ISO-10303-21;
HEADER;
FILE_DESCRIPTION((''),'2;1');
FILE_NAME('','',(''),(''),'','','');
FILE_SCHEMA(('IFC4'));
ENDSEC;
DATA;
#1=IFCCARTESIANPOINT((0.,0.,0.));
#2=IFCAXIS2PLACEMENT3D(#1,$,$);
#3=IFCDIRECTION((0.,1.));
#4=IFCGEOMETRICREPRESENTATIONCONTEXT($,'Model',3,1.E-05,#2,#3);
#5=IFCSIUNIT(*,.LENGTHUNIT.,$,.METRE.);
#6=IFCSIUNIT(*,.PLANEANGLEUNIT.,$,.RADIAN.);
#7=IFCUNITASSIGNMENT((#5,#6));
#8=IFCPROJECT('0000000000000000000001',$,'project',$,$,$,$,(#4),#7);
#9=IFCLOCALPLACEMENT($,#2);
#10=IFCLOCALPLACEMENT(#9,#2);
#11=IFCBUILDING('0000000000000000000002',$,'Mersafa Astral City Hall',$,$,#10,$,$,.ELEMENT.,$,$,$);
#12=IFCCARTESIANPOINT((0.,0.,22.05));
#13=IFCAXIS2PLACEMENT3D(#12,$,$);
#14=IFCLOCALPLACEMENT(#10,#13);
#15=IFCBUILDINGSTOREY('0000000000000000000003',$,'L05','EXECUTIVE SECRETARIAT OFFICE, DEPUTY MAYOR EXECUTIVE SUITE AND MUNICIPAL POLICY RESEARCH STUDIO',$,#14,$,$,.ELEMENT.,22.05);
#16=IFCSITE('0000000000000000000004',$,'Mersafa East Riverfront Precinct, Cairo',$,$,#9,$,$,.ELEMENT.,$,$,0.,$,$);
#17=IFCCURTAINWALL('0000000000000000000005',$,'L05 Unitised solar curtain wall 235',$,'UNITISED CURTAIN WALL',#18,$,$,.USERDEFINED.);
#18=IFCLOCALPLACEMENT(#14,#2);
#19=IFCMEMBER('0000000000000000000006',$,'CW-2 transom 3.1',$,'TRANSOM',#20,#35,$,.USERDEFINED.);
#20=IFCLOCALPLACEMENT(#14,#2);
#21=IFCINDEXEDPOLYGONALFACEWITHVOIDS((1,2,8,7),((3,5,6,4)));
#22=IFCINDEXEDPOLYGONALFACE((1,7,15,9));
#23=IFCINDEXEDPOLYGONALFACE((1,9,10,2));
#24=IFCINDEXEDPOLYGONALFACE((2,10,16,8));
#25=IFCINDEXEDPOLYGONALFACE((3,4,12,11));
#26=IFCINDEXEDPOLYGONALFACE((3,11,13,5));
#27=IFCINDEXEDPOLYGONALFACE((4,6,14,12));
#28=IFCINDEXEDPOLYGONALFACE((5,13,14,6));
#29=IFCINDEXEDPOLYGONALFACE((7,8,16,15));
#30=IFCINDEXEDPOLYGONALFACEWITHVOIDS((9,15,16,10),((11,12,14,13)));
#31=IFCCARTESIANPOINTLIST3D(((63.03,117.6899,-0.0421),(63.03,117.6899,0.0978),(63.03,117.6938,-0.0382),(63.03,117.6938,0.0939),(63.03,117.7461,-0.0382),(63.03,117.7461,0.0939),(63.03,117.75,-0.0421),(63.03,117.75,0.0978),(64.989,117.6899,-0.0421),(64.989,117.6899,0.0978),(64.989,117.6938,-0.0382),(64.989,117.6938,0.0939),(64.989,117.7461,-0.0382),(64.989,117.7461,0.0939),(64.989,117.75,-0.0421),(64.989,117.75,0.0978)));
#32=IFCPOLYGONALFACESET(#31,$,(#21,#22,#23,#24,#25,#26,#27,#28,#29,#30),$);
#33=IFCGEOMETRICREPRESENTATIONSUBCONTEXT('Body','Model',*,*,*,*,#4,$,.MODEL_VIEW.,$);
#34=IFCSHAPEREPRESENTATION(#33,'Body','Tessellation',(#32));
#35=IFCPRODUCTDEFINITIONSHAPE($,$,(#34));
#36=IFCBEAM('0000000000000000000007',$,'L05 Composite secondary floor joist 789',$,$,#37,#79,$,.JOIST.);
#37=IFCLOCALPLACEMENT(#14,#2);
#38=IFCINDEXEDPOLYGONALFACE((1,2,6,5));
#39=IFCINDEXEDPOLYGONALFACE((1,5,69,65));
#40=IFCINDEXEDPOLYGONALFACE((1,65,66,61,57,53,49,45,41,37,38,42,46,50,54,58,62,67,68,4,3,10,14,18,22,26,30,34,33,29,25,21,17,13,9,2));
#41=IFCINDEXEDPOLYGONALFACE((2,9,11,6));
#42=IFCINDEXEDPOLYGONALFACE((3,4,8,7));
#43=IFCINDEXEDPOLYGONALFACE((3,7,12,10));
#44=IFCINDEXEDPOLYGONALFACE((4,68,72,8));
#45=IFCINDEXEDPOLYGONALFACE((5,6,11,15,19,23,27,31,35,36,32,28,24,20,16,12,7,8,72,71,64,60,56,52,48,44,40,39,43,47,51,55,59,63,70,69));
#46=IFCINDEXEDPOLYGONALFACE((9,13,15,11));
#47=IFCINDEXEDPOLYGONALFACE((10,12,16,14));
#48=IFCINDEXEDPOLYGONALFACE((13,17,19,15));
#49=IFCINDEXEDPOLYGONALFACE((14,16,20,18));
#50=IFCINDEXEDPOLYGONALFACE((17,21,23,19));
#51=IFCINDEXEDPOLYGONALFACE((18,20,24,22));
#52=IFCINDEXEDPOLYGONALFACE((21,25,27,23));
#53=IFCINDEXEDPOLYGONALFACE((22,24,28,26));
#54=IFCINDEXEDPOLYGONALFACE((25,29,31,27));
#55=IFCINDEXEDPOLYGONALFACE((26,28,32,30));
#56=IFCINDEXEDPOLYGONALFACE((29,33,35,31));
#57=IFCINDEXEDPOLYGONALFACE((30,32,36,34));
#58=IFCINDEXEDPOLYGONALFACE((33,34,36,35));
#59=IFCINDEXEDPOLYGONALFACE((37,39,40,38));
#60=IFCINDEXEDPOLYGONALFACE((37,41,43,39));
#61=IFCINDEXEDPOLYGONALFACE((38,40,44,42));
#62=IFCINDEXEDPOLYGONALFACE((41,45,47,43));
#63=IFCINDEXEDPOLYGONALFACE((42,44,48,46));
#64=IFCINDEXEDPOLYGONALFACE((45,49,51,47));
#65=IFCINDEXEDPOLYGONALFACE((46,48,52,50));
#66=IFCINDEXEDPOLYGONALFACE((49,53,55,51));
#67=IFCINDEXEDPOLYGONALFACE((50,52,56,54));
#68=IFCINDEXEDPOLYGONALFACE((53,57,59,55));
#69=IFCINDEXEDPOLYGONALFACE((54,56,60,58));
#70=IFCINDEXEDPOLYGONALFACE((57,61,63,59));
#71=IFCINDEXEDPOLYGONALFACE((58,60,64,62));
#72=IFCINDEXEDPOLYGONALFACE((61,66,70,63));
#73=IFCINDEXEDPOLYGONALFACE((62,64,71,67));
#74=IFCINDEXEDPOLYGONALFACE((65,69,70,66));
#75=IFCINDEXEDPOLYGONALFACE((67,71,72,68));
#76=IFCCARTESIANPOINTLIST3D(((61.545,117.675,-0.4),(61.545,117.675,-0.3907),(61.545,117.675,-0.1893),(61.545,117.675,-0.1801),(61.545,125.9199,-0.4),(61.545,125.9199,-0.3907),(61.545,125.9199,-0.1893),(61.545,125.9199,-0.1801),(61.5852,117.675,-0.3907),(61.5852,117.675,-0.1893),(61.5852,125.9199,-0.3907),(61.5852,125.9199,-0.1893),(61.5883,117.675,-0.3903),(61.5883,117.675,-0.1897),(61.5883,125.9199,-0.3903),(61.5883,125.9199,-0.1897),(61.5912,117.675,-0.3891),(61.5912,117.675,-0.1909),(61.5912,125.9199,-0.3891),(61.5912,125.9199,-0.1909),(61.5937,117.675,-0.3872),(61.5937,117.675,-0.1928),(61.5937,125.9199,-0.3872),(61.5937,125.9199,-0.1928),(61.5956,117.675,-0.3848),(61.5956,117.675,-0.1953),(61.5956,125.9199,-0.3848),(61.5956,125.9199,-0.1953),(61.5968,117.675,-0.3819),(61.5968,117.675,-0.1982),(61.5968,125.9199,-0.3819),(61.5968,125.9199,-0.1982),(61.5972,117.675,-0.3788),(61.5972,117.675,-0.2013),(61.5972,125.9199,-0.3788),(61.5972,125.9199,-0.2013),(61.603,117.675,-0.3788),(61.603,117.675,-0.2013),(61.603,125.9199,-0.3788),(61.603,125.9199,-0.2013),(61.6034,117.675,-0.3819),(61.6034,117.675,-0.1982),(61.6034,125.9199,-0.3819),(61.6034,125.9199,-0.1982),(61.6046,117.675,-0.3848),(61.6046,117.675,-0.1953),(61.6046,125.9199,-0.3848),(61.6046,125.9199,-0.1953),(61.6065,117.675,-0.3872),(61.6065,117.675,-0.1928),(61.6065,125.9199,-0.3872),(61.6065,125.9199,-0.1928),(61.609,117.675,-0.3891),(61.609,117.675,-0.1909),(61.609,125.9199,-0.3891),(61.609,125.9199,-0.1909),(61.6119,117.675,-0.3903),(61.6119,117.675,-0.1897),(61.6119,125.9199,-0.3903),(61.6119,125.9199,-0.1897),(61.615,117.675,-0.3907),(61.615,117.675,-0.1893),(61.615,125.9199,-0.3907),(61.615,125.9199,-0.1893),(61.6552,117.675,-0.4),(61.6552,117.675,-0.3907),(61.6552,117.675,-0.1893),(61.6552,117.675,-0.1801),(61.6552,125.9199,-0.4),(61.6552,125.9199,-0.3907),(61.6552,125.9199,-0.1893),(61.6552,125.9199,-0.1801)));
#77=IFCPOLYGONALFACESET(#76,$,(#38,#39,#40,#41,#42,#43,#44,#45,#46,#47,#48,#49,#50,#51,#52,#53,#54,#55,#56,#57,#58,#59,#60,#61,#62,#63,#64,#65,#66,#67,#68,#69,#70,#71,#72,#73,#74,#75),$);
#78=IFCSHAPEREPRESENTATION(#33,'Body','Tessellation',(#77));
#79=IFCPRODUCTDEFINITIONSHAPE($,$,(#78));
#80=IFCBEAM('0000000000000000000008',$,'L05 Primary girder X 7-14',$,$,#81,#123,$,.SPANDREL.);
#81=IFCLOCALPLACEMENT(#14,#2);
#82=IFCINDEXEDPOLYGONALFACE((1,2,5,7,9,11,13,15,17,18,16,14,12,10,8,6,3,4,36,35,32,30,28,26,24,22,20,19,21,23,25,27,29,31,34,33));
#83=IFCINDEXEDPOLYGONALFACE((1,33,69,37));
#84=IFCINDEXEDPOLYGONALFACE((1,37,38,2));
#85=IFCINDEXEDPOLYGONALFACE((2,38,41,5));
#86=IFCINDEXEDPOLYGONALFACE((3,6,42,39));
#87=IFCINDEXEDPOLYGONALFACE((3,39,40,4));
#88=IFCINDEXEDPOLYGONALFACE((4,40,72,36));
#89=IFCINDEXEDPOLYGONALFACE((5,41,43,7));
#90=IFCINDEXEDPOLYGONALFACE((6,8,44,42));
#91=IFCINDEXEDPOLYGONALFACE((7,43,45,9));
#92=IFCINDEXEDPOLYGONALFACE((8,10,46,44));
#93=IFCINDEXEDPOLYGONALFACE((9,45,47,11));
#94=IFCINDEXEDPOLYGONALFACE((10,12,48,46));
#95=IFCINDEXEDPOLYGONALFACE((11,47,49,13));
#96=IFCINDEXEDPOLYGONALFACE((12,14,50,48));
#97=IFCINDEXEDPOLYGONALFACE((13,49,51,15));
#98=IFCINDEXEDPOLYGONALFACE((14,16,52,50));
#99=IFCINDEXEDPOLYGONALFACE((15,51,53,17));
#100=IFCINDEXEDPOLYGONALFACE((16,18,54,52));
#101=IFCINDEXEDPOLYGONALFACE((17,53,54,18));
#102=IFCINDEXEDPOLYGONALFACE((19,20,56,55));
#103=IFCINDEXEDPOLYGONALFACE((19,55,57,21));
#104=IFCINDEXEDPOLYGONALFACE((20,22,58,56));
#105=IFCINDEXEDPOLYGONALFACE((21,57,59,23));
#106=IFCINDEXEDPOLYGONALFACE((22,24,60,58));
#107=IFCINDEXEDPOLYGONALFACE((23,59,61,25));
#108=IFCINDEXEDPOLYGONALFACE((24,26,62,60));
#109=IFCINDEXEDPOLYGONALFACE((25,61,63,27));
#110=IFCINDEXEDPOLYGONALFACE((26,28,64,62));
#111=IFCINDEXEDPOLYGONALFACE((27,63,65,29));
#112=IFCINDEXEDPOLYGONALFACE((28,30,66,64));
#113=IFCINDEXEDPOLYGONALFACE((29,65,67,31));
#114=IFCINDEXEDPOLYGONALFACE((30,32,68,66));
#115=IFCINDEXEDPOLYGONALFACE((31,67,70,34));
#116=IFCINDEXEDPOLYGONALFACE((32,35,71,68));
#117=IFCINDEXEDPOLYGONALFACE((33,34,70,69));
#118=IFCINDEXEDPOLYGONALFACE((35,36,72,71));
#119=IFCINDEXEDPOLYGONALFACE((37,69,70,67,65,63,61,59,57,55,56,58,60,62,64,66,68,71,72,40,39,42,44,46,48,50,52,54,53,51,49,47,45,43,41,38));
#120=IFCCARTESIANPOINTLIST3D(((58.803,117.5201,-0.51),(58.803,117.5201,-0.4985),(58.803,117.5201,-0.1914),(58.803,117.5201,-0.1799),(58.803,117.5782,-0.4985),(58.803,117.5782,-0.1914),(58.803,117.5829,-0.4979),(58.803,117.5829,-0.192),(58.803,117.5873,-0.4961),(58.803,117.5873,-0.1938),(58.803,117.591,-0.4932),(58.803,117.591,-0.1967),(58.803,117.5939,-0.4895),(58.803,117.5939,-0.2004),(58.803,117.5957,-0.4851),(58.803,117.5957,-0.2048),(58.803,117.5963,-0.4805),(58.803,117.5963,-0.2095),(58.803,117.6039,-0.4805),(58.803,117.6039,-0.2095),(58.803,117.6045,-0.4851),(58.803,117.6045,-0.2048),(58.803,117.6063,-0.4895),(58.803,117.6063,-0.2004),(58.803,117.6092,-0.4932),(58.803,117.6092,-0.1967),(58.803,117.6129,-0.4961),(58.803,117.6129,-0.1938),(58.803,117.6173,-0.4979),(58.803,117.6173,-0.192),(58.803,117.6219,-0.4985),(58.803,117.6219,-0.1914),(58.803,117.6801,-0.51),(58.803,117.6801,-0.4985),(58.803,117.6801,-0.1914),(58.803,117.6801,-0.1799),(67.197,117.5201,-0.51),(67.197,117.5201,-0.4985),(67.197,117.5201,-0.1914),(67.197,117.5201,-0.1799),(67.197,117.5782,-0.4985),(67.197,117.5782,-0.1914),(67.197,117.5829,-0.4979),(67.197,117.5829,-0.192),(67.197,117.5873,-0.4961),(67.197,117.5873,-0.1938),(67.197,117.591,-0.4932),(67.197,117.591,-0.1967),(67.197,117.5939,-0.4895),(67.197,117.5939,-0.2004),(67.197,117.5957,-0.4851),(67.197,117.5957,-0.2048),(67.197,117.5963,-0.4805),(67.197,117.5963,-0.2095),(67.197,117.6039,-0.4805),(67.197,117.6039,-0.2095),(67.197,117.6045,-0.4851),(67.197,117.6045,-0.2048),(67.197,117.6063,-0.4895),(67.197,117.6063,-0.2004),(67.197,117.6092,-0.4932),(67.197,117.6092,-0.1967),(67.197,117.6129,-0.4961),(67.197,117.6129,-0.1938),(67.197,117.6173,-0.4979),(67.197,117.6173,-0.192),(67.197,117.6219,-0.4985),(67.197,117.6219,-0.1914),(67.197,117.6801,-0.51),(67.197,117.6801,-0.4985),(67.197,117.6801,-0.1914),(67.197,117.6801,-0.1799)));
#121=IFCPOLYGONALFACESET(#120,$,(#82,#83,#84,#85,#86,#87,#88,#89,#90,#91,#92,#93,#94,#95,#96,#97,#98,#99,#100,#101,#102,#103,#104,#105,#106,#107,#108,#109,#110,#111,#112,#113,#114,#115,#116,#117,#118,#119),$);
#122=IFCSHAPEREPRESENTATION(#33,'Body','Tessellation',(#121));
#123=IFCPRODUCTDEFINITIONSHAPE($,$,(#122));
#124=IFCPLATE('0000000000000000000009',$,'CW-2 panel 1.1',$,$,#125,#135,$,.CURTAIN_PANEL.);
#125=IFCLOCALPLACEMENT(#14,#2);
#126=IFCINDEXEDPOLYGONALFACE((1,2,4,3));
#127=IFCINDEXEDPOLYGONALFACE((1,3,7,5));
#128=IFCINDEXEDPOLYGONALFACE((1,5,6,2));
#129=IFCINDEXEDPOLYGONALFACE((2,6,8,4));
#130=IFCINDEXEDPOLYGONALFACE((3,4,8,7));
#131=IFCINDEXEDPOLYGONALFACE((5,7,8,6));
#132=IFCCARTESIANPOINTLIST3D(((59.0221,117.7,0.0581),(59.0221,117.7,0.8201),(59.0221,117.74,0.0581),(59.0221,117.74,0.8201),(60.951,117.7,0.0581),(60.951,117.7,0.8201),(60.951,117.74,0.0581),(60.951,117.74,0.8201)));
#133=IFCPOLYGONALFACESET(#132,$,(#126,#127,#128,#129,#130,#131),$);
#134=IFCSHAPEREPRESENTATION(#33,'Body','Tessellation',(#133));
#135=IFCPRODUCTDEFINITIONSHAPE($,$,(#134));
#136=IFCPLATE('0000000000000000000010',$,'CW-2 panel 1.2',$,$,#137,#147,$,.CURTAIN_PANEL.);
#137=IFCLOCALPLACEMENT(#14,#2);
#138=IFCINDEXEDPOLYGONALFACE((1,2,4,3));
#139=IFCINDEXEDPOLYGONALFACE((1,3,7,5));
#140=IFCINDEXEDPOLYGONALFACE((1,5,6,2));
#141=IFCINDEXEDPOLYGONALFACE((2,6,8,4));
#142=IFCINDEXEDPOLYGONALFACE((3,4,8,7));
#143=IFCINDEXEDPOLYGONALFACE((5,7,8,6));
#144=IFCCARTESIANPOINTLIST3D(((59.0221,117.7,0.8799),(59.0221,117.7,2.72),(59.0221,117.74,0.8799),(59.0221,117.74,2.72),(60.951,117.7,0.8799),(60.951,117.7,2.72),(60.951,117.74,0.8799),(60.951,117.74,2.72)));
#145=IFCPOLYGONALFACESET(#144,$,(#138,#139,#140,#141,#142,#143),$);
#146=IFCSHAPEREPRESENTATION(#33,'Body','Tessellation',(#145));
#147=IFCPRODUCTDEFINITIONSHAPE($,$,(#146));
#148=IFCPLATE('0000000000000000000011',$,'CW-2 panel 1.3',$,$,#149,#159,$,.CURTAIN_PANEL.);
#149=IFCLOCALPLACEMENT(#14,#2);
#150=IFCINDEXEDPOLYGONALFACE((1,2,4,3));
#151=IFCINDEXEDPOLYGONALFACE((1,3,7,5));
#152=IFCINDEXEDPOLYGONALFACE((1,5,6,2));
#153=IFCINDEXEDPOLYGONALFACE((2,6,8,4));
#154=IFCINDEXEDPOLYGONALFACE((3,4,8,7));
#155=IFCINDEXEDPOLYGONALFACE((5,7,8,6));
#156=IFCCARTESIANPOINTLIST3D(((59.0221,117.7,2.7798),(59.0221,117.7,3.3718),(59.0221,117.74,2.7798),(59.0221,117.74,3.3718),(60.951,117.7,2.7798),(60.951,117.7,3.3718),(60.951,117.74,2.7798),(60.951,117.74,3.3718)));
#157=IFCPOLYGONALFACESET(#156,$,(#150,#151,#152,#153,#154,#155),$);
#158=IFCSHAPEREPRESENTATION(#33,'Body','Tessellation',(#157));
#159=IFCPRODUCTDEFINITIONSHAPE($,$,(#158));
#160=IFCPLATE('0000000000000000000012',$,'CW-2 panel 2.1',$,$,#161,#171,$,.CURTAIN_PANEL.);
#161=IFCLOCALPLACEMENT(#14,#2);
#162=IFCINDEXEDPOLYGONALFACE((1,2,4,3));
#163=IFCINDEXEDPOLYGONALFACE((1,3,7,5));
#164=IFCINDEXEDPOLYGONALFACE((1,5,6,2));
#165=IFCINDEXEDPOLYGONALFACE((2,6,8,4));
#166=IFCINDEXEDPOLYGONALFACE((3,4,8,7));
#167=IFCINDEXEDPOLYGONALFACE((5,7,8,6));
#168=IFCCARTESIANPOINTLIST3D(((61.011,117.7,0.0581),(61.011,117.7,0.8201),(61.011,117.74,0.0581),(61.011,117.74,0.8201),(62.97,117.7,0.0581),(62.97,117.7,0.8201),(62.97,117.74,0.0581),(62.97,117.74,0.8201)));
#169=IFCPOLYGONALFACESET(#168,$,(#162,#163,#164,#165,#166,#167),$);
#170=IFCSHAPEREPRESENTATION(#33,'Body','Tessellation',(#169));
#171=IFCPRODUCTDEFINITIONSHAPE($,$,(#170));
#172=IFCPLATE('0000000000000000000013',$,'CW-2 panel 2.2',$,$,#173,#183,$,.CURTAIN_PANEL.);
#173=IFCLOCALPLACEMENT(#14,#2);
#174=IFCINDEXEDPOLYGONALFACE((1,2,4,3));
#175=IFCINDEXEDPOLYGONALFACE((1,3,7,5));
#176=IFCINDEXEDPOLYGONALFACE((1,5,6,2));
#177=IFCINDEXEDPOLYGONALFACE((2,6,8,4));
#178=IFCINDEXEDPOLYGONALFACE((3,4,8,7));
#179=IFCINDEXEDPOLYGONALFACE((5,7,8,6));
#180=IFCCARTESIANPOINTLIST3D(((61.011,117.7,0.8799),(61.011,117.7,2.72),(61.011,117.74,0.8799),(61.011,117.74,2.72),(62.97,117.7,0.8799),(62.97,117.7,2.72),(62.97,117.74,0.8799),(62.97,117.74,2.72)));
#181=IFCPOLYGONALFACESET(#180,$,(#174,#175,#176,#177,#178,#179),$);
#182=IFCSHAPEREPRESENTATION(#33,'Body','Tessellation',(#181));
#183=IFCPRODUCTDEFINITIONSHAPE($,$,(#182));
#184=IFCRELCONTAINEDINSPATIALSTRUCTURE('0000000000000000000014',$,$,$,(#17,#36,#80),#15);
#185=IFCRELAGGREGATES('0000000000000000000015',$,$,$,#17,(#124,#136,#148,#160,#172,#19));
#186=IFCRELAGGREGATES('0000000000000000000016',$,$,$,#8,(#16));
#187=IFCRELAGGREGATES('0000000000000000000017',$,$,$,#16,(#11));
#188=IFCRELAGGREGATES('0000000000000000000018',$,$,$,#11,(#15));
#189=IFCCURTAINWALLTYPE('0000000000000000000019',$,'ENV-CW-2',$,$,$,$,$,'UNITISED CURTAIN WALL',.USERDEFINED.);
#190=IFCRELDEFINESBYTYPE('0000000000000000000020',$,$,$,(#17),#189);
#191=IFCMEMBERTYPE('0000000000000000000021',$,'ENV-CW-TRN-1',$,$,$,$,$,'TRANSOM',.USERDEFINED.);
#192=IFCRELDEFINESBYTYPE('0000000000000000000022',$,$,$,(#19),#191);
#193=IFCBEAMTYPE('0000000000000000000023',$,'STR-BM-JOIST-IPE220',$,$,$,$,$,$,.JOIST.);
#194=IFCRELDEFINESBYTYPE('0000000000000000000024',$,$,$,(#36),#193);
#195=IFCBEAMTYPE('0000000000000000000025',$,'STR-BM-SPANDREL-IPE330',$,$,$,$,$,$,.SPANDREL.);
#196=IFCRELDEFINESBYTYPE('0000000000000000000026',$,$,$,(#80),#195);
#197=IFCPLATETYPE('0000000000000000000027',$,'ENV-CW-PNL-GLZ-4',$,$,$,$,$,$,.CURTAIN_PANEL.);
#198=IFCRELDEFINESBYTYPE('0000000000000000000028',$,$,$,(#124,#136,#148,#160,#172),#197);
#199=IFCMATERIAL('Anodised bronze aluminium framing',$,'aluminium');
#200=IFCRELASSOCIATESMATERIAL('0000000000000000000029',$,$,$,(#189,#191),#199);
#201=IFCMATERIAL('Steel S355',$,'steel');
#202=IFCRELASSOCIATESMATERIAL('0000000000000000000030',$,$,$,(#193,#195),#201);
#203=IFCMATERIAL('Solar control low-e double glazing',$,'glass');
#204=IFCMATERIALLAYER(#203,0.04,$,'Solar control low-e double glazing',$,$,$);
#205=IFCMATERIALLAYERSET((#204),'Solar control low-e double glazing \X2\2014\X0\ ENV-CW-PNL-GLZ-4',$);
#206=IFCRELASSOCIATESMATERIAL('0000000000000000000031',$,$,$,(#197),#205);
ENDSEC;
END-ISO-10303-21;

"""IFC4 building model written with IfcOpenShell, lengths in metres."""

from ifc_helpers import new_model, si_unit, direction, frame, origin, origin_2d, place, context, subcontext, project, spatial, rectangle, hollow_rectangle, i_section, extrude, material, layer, layer_set, material_profile, profile_set, type_object, element, aggregate, save


model = new_model("IFC4")

# Units and contexts
model_context = context("Model", 3, precision=1e-05, world=origin(), true_north=direction((0.0, 1.0)))
body_context = subcontext(model_context, "Body", "Model", "MODEL_VIEW")
ifc_project = project(units=[si_unit("LENGTHUNIT", "METRE"), si_unit("PLANEANGLEUNIT", "RADIAN")], contexts=[model_context])

# Site, building, storey
site_placement = place(None, origin())
site = spatial("IfcSite", under=ifc_project, at=site_placement, Name="Mersafa East Riverfront Precinct, Cairo", CompositionType="ELEMENT", RefElevation=0.0)
building_placement = place(site_placement, origin())
building = spatial("IfcBuilding", under=site, at=building_placement, Name="Mersafa Astral City Hall", CompositionType="ELEMENT")
storey_placement = place(building_placement, frame((0.0, 0.0, 22.05)))
storey = spatial("IfcBuildingStorey", under=building, at=storey_placement, Name="L05", Description="EXECUTIVE SECRETARIAT OFFICE, DEPUTY MAYOR EXECUTIVE SUITE AND MUNICIPAL POLICY RESEARCH STUDIO", CompositionType="ELEMENT", Elevation=22.05)

# Curtain wall, member
ifc_material_1 = material(Name="Anodised bronze aluminium framing", Category="aluminium")
curtain_wall_type = type_object("IfcCurtainWallType", Name="ENV-CW-2", ElementType="UNITISED CURTAIN WALL", PredefinedType="USERDEFINED", material=ifc_material_1)
curtain_wall_placement = place(storey_placement, origin())
curtain_wall = element("IfcCurtainWall", 1, at=curtain_wall_placement, inside=storey, type_object=curtain_wall_type, Name="L05 Unitised solar curtain wall 235", ObjectType="UNITISED CURTAIN WALL", PredefinedType="USERDEFINED")
ifc_material_profile_1 = material_profile(ifc_material_1, hollow_rectangle(XDim=0.0601, YDim=0.1399, WallThickness=0.0039, at=origin_2d()), Name="RHS 60x140x4")
ifc_profile_set_1 = profile_set([ifc_material_profile_1], Name="Anodised bronze aluminium framing")
member_type_1 = type_object("IfcMemberType", Name="ENV-CW-TRN-1", ElementType="TRANSOM", PredefinedType="USERDEFINED", material=ifc_profile_set_1)
member_1_placement = place(storey_placement, frame((63.03, 117.72, 0.0278), z_axis=(1.0, 0.0, 0.0), x_axis=(0.0, 1.0, 0.0)))
member_1 = element("IfcMember", 2, at=member_1_placement, type_object=member_type_1, Name="CW-2 transom 3.1", ObjectType="TRANSOM", PredefinedType="USERDEFINED", context=body_context, shape_type="SweptSolid", body=[
    extrude(hollow_rectangle(XDim=0.0601, YDim=0.1399, WallThickness=0.0039, at=origin_2d()), origin(), (0.0, 0.0, 1.0), 1.959),
])

# Beams
ifc_material_2 = material(Name="Steel S355", Category="steel")
ifc_material_profile_2 = material_profile(ifc_material_2, i_section(OverallWidth=0.1101, OverallDepth=0.22, WebThickness=0.0059, FlangeThickness=0.0093, FilletRadius=0.012, at=origin_2d()), Name="IPE 220")
ifc_profile_set_2 = profile_set([ifc_material_profile_2], Name="Steel S355")
beam_type_1 = type_object("IfcBeamType", Name="STR-BM-JOIST-IPE220", PredefinedType="JOIST", material=ifc_profile_set_2)
beam_1_placement = place(storey_placement, frame((61.6001, 117.675, -0.29), z_axis=(0.0, 1.0, 0.0), x_axis=(-1.0, 0.0, 0.0)))
element("IfcBeam", 3, at=beam_1_placement, inside=storey, type_object=beam_type_1, Name="L05 Composite secondary floor joist 789", PredefinedType="JOIST", context=body_context, shape_type="SweptSolid", body=[
    extrude(i_section(OverallWidth=0.1101, OverallDepth=0.22, WebThickness=0.0059, FlangeThickness=0.0093, FilletRadius=0.012, at=origin_2d()), origin(), (0.0, 0.0, 1.0), 8.2449),
])
ifc_material_profile_3 = material_profile(ifc_material_2, i_section(OverallWidth=0.1599, OverallDepth=0.3301, WebThickness=0.0076, FlangeThickness=0.0115, FilletRadius=0.0181, at=origin_2d()), Name="IPE 330")
ifc_profile_set_3 = profile_set([ifc_material_profile_3], Name="Steel S355")
beam_type_2 = type_object("IfcBeamType", Name="STR-BM-SPANDREL-IPE330", PredefinedType="SPANDREL", material=ifc_profile_set_3)
beam_2_placement = place(storey_placement, frame((58.803, 117.6001, -0.345), z_axis=(1.0, 0.0, 0.0), x_axis=(0.0, 1.0, 0.0)))
element("IfcBeam", 4, at=beam_2_placement, inside=storey, type_object=beam_type_2, Name="L05 Primary girder X 7-14", PredefinedType="SPANDREL", context=body_context, shape_type="SweptSolid", body=[
    extrude(i_section(OverallWidth=0.1599, OverallDepth=0.3301, WebThickness=0.0076, FlangeThickness=0.0115, FilletRadius=0.0181, at=origin_2d()), origin(), (0.0, 0.0, 1.0), 8.394),
])

# Plates
ifc_material_3 = material(Name="Solar control low-e double glazing", Category="glass")
ifc_layer_1 = layer(ifc_material_3, 0.04, Name="Solar control low-e double glazing")
ifc_layer_set_1 = layer_set([ifc_layer_1], Name="Solar control low-e double glazing — ENV-CW-PNL-GLZ-4")
plate_type = type_object("IfcPlateType", Name="ENV-CW-PNL-GLZ-4", PredefinedType="CURTAIN_PANEL", material=ifc_layer_set_1)
plate_1_placement = place(storey_placement, frame((59.9866, 117.72, 0.0581), z_axis=(0.0, 0.0, 1.0), x_axis=(1.0, 0.0, 0.0)))
plate_1 = element("IfcPlate", 5, at=plate_1_placement, type_object=plate_type, Name="CW-2 panel 1.1", PredefinedType="CURTAIN_PANEL", context=body_context, shape_type="SweptSolid", body=[
    extrude(rectangle(XDim=1.929, YDim=0.04, at=origin_2d()), origin(), (0.0, 0.0, 1.0), 0.762),
])
plate_2_placement = place(storey_placement, frame((59.9866, 117.72, 0.8799), z_axis=(0.0, 0.0, 1.0), x_axis=(1.0, 0.0, 0.0)))
plate_2 = element("IfcPlate", 6, at=plate_2_placement, type_object=plate_type, Name="CW-2 panel 1.2", PredefinedType="CURTAIN_PANEL", context=body_context, shape_type="SweptSolid", body=[
    extrude(rectangle(XDim=1.929, YDim=0.04, at=origin_2d()), origin(), (0.0, 0.0, 1.0), 1.8401),
])
plate_3_placement = place(storey_placement, frame((59.9866, 117.72, 2.7798), z_axis=(0.0, 0.0, 1.0), x_axis=(1.0, 0.0, 0.0)))
plate_3 = element("IfcPlate", 7, at=plate_3_placement, type_object=plate_type, Name="CW-2 panel 1.3", PredefinedType="CURTAIN_PANEL", context=body_context, shape_type="SweptSolid", body=[
    extrude(rectangle(XDim=1.929, YDim=0.04, at=origin_2d()), origin(), (0.0, 0.0, 1.0), 0.592),
])
plate_4_placement = place(storey_placement, frame((61.9905, 117.72, 0.0581), z_axis=(0.0, 0.0, 1.0), x_axis=(1.0, 0.0, 0.0)))
plate_4 = element("IfcPlate", 8, at=plate_4_placement, type_object=plate_type, Name="CW-2 panel 2.1", PredefinedType="CURTAIN_PANEL", context=body_context, shape_type="SweptSolid", body=[
    extrude(rectangle(XDim=1.959, YDim=0.04, at=origin_2d()), origin(), (0.0, 0.0, 1.0), 0.762),
])
plate_5_placement = place(storey_placement, frame((61.9905, 117.72, 0.8799), z_axis=(0.0, 0.0, 1.0), x_axis=(1.0, 0.0, 0.0)))
plate_5 = element("IfcPlate", 9, at=plate_5_placement, type_object=plate_type, Name="CW-2 panel 2.2", PredefinedType="CURTAIN_PANEL", context=body_context, shape_type="SweptSolid", body=[
    extrude(rectangle(XDim=1.959, YDim=0.04, at=origin_2d()), origin(), (0.0, 0.0, 1.0), 1.8401),
])
aggregate(curtain_wall, [plate_1, plate_2, plate_3, plate_4, plate_5, member_1])

save(model, "model.ifc")
